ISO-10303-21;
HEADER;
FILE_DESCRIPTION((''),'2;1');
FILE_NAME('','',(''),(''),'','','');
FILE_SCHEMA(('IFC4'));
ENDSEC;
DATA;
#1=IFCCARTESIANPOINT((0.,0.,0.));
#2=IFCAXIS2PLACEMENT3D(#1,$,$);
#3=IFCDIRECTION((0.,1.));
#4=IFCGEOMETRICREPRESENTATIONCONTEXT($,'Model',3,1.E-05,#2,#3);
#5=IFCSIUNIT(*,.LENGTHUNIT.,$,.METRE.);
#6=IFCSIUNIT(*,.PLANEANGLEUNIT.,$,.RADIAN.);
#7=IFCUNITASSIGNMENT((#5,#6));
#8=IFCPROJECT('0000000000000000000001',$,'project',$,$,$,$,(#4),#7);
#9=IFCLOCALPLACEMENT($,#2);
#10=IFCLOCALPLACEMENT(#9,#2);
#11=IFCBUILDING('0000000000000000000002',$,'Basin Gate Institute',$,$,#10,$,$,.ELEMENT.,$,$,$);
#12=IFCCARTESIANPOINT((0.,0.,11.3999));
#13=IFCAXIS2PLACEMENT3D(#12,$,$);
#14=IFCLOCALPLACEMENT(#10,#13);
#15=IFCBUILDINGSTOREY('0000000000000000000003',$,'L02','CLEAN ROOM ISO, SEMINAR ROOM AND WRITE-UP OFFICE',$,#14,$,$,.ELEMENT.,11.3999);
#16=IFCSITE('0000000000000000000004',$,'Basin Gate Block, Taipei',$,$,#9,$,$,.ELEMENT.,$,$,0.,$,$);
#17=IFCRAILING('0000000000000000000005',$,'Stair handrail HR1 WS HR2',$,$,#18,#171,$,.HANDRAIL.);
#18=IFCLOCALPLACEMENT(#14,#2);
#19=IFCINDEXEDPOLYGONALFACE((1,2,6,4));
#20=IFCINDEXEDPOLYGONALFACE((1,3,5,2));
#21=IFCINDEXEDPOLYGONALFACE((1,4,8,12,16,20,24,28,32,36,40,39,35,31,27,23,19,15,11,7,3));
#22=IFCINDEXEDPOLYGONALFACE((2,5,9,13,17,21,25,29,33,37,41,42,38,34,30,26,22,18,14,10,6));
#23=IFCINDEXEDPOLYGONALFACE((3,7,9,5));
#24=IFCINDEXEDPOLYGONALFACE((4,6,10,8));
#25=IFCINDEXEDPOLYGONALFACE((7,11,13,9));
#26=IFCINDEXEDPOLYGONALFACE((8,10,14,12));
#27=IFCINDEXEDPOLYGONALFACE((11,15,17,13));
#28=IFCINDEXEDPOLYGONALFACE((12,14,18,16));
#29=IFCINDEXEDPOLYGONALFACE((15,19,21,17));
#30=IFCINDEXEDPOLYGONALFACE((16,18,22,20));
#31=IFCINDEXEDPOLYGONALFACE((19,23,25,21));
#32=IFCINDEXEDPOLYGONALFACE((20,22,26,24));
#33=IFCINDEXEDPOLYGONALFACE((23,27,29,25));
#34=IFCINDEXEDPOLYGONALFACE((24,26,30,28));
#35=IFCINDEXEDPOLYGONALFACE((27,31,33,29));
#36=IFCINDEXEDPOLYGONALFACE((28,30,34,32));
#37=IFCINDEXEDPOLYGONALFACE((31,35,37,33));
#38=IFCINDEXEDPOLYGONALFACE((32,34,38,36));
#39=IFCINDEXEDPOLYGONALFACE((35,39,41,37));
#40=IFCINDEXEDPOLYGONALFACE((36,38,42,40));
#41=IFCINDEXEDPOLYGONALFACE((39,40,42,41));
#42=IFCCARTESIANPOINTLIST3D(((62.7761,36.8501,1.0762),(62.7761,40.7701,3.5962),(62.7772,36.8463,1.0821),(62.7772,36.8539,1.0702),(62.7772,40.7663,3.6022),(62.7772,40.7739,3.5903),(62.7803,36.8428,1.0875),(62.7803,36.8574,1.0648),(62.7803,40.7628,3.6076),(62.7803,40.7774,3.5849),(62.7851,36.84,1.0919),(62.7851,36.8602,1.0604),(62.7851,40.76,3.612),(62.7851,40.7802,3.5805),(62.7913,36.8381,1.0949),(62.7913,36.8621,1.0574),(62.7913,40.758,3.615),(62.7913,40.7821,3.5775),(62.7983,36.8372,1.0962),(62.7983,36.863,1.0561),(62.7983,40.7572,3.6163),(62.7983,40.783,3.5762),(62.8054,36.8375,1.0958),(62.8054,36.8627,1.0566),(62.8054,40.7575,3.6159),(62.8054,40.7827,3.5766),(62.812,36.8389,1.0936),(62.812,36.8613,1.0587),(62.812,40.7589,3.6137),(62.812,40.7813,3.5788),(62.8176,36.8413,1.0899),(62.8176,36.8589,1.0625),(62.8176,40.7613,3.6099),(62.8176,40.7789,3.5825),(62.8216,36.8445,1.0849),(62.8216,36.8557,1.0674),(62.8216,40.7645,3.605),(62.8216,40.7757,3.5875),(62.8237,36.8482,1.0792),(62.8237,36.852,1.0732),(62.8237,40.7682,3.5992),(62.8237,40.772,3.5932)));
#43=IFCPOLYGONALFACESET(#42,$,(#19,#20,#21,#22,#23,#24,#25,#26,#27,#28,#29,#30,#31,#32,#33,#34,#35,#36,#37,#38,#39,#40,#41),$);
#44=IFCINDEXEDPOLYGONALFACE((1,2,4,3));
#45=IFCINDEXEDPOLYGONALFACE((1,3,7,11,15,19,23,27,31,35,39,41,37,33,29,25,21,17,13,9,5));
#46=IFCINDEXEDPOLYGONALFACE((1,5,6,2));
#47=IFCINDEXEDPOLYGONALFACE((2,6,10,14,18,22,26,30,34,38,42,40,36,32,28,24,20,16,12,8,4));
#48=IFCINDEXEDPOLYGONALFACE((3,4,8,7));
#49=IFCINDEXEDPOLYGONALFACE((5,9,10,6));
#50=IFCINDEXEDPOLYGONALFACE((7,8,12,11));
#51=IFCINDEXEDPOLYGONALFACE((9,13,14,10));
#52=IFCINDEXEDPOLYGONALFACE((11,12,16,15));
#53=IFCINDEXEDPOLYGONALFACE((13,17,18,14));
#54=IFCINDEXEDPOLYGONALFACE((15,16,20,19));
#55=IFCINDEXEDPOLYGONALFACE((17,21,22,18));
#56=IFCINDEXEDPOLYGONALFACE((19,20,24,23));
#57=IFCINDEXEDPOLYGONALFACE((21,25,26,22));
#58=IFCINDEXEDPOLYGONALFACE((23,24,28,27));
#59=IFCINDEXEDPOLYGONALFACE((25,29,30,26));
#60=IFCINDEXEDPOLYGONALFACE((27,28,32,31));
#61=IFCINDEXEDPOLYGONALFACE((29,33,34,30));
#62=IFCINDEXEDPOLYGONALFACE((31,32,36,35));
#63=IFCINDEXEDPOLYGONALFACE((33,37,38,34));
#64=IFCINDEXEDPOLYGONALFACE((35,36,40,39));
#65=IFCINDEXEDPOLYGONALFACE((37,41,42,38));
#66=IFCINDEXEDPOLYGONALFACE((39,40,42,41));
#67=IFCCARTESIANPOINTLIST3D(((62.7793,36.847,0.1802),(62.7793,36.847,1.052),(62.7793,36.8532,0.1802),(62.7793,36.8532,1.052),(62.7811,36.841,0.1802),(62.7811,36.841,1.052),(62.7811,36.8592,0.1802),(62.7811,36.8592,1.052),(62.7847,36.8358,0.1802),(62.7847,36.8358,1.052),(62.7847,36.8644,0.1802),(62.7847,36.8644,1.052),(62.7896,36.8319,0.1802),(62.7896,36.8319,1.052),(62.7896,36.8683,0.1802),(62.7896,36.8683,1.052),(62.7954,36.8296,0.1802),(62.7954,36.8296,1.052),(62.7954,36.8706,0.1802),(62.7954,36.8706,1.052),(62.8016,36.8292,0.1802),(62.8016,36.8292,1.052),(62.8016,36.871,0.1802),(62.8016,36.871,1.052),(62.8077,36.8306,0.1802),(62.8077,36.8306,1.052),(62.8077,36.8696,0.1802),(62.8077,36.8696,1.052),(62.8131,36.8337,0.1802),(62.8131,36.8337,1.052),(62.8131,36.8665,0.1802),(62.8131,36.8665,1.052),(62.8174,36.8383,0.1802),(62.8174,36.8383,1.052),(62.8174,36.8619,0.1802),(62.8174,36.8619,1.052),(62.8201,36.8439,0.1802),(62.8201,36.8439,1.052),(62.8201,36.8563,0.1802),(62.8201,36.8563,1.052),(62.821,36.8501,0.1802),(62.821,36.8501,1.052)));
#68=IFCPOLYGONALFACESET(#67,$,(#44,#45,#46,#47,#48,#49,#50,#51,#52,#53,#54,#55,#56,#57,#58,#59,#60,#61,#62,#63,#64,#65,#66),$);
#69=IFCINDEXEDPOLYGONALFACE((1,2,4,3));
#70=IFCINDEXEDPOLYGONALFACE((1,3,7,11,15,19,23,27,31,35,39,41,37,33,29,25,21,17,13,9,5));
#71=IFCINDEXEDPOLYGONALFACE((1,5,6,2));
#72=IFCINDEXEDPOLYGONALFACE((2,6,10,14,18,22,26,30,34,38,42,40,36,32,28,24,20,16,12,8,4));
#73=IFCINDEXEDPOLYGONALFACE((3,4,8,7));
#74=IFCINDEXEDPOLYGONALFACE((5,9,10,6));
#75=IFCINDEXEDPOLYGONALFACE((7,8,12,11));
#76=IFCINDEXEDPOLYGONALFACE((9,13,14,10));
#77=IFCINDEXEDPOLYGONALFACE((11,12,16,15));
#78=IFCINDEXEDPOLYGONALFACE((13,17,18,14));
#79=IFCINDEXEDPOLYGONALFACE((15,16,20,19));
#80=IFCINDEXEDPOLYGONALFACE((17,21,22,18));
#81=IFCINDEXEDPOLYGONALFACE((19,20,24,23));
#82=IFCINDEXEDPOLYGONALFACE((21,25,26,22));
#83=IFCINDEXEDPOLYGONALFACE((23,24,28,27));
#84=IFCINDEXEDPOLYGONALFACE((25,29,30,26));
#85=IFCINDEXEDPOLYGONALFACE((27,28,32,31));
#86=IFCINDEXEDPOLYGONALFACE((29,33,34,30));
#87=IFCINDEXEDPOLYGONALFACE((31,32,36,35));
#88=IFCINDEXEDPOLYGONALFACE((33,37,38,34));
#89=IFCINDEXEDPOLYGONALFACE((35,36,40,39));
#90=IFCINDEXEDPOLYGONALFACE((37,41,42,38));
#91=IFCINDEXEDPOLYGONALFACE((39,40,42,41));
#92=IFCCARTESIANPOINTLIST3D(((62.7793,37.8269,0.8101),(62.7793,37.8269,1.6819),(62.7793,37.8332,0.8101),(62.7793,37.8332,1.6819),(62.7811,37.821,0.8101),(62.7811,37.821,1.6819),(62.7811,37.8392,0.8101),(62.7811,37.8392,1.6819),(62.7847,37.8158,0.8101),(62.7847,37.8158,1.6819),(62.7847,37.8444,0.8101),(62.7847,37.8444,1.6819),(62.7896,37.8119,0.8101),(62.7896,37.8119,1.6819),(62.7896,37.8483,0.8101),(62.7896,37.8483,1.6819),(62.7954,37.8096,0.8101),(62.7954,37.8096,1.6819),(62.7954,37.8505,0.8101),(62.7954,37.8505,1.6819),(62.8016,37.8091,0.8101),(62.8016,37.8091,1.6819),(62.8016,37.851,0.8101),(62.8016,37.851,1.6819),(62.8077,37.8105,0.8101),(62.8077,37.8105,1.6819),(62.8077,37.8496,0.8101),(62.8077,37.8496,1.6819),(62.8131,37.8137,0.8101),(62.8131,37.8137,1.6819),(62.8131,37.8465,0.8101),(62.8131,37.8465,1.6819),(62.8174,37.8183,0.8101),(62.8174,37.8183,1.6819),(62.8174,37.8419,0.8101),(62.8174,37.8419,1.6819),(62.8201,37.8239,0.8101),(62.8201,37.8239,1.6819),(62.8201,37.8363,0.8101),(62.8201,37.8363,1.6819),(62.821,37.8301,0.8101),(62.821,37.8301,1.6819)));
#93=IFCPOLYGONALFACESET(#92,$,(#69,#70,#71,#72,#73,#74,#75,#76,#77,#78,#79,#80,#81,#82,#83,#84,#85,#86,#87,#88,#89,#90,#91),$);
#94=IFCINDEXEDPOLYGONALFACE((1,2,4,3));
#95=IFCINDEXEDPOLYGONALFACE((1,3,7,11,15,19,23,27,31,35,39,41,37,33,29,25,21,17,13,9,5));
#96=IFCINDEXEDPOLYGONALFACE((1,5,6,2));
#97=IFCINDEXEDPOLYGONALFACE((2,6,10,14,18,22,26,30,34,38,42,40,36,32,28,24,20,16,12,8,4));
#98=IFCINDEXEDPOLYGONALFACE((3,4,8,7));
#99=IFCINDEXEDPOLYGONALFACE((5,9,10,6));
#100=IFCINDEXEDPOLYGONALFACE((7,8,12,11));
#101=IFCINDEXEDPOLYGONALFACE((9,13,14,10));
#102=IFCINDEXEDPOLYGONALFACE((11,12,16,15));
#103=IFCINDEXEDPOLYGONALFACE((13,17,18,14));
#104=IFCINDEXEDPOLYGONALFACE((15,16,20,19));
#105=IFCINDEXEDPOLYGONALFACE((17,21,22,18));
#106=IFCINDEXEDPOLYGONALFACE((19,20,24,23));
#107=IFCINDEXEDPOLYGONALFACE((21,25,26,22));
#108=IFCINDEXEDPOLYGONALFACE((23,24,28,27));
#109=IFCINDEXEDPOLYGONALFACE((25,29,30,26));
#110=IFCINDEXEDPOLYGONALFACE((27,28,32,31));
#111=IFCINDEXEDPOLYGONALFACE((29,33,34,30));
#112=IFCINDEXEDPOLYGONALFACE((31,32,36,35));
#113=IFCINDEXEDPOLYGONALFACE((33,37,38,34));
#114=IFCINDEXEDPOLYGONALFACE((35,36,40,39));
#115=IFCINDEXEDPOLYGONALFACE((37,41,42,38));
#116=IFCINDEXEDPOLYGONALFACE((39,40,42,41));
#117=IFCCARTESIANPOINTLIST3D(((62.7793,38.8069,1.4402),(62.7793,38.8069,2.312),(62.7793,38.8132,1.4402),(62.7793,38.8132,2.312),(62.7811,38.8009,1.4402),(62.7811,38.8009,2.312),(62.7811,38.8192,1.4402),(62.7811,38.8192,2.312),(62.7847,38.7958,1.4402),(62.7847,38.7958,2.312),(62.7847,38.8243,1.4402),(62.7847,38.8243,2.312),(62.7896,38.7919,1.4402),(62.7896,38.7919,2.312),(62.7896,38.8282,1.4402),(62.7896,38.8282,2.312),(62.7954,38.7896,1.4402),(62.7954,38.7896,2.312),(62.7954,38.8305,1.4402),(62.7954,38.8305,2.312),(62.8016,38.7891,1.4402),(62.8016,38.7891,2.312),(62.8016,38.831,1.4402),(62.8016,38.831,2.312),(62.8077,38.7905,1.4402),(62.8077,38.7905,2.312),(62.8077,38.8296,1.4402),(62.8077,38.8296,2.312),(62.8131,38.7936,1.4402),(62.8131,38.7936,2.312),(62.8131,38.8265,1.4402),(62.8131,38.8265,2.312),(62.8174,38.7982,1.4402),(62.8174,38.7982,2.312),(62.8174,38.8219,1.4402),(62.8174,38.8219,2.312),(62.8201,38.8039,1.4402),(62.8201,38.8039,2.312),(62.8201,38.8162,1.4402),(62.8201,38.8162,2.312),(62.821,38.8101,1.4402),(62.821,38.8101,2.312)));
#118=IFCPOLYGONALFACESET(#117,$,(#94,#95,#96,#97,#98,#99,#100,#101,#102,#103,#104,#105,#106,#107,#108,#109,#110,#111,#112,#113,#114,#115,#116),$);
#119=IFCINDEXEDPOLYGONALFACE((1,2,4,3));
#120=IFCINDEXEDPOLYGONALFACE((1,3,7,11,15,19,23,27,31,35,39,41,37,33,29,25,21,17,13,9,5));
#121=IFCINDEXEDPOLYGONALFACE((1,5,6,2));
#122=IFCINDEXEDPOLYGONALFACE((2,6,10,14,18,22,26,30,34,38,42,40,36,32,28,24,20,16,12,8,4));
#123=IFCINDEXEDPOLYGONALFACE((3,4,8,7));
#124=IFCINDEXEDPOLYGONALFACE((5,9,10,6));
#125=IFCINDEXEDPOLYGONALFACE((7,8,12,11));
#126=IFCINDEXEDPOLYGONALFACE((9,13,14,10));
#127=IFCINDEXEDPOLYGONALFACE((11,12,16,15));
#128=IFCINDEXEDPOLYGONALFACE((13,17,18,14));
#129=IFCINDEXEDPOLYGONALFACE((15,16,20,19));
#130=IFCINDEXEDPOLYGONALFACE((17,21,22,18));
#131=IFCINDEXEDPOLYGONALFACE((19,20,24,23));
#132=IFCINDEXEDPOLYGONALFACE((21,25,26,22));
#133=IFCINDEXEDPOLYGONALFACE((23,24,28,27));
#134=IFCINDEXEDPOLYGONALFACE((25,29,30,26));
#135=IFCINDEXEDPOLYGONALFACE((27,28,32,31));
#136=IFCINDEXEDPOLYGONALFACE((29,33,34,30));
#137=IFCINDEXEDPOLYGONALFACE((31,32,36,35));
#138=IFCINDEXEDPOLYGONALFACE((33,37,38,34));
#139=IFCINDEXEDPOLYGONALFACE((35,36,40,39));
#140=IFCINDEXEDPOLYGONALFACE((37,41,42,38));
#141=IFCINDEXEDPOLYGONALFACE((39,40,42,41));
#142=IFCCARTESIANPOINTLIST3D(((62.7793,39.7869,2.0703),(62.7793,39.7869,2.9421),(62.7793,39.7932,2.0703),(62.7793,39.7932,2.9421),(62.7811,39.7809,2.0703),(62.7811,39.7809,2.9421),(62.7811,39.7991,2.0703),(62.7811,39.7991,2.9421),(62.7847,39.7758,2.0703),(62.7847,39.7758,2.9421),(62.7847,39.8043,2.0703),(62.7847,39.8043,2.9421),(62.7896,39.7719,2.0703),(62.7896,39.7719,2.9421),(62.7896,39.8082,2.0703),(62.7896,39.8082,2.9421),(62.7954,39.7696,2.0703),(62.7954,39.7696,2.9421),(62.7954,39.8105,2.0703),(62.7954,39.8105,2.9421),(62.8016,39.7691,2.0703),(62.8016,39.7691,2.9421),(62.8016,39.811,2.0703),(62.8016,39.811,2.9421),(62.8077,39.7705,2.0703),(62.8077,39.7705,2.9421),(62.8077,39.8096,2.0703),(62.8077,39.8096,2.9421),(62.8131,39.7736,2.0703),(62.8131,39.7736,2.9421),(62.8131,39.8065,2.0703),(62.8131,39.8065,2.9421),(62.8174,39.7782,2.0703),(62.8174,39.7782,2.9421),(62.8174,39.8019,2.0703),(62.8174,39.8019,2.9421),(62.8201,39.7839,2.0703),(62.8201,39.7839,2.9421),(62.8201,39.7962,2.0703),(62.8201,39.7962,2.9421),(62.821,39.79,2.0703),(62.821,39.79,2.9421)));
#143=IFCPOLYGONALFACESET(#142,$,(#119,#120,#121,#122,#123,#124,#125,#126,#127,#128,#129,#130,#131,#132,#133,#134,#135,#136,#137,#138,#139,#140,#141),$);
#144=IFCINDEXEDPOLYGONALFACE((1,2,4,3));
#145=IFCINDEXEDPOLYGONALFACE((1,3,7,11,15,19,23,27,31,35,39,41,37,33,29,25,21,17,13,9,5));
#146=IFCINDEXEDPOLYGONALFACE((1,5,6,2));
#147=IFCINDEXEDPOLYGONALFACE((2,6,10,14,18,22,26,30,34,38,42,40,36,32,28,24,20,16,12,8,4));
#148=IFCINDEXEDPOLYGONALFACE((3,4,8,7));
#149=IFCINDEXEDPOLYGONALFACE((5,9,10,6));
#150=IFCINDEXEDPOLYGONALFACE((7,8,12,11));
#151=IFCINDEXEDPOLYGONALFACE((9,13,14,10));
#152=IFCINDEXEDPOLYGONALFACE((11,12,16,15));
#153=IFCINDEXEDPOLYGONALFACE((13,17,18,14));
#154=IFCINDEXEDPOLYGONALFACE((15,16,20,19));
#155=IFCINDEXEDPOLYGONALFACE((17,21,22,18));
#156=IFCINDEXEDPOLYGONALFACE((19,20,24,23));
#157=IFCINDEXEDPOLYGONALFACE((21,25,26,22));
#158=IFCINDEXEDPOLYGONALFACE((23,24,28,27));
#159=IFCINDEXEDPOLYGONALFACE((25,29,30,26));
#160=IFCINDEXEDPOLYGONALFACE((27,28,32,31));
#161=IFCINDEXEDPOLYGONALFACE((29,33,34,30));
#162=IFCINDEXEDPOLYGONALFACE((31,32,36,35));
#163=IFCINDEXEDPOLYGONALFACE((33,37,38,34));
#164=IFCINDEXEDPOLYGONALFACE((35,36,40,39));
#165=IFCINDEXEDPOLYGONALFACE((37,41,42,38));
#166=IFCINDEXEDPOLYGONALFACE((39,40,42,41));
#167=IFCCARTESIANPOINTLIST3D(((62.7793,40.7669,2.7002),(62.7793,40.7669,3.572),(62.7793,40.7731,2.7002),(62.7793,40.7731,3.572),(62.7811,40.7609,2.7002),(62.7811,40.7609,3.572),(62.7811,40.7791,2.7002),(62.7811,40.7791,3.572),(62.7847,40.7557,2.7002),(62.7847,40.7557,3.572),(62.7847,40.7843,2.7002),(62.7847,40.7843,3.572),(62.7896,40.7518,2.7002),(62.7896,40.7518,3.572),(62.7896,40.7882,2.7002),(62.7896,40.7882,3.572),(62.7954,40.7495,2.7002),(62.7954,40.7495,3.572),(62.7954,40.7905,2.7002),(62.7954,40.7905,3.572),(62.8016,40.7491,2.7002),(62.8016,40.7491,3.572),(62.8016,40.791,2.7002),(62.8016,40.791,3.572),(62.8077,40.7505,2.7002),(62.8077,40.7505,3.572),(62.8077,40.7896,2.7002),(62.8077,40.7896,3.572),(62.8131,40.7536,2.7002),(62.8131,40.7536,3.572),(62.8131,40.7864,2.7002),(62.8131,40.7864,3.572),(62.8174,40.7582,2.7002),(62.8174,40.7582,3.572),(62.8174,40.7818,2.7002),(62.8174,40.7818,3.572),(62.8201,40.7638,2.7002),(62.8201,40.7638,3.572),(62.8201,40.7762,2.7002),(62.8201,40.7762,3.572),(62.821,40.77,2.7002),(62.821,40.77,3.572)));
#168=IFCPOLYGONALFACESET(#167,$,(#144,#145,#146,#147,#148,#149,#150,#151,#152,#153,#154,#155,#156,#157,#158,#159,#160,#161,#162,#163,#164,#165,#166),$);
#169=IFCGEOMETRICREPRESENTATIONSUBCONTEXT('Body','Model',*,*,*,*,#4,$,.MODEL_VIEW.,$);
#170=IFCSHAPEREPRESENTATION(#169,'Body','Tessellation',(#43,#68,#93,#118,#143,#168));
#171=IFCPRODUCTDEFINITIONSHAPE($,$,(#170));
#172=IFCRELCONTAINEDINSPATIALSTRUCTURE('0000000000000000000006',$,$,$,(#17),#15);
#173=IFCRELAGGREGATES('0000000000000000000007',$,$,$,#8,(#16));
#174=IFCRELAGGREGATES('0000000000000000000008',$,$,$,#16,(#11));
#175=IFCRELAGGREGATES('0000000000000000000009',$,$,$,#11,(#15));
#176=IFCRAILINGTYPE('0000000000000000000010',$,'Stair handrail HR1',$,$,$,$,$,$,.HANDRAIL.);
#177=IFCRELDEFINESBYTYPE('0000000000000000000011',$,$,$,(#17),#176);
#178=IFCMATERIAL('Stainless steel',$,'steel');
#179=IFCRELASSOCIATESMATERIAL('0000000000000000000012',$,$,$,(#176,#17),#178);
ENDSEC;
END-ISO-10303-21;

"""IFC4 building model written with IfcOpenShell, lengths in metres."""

from ifc_helpers import new_model, si_unit, direction, frame, origin, origin_2d, place, context, subcontext, project, spatial, circle, extrude, material, type_object, element, save


model = new_model("IFC4")

# Units and contexts
model_context = context("Model", 3, precision=1e-05, world=origin(), true_north=direction((0.0, 1.0)))
body_context = subcontext(model_context, "Body", "Model", "MODEL_VIEW")
ifc_project = project(units=[si_unit("LENGTHUNIT", "METRE"), si_unit("PLANEANGLEUNIT", "RADIAN")], contexts=[model_context])

# Site, building, storey
site_placement = place(None, origin())
site = spatial("IfcSite", under=ifc_project, at=site_placement, Name="Basin Gate Block, Taipei", CompositionType="ELEMENT", RefElevation=0.0)
building_placement = place(site_placement, origin())
building = spatial("IfcBuilding", under=site, at=building_placement, Name="Basin Gate Institute", CompositionType="ELEMENT")
storey_placement = place(building_placement, frame((0.0, 0.0, 11.3999)))
storey = spatial("IfcBuildingStorey", under=building, at=storey_placement, Name="L02", Description="CLEAN ROOM ISO, SEMINAR ROOM AND WRITE-UP OFFICE", CompositionType="ELEMENT", Elevation=11.3999)

# Railing
ifc_material_1 = material(Name="Stainless steel", Category="steel")
railing_type_1 = type_object("IfcRailingType", Name="Stair handrail HR1", PredefinedType="HANDRAIL", material=ifc_material_1)
for number, where, name in (
    (1, (62.8, 36.8501, 0.1802), "Stair handrail HR1 WS HR2"),
):
    element("IfcRailing", number, at=place(storey_placement, frame(where)), inside=storey, type_object=railing_type_1, material=ifc_material_1, Name=name, PredefinedType="HANDRAIL", context=body_context, shape_type="SweptSolid", body=[
        extrude(circle(Radius=0.0239, at=origin_2d()), frame((0.0, 0.0, 0.896), z_axis=(0.0, 0.841172, 0.540768), x_axis=(-1.0, 0.0, 0.0)), (0.0, 0.0, 1.0), 4.6602),
        extrude(circle(Radius=0.021, at=origin_2d()), origin(), (0.0, 0.0, 1.0), 0.8718),
        extrude(circle(Radius=0.021, at=origin_2d()), frame((0.0, 0.98, 0.6299)), (0.0, 0.0, 1.0), 0.8718),
        extrude(circle(Radius=0.021, at=origin_2d()), frame((0.0, 1.96, 1.26)), (0.0, 0.0, 1.0), 0.8718),
        extrude(circle(Radius=0.021, at=origin_2d()), frame((0.0, 2.9399, 1.8901)), (0.0, 0.0, 1.0), 0.8718),
        extrude(circle(Radius=0.021, at=origin_2d()), frame((0.0, 3.9199, 2.52)), (0.0, 0.0, 1.0), 0.8718),
    ])

save(model, "model.ifc")
